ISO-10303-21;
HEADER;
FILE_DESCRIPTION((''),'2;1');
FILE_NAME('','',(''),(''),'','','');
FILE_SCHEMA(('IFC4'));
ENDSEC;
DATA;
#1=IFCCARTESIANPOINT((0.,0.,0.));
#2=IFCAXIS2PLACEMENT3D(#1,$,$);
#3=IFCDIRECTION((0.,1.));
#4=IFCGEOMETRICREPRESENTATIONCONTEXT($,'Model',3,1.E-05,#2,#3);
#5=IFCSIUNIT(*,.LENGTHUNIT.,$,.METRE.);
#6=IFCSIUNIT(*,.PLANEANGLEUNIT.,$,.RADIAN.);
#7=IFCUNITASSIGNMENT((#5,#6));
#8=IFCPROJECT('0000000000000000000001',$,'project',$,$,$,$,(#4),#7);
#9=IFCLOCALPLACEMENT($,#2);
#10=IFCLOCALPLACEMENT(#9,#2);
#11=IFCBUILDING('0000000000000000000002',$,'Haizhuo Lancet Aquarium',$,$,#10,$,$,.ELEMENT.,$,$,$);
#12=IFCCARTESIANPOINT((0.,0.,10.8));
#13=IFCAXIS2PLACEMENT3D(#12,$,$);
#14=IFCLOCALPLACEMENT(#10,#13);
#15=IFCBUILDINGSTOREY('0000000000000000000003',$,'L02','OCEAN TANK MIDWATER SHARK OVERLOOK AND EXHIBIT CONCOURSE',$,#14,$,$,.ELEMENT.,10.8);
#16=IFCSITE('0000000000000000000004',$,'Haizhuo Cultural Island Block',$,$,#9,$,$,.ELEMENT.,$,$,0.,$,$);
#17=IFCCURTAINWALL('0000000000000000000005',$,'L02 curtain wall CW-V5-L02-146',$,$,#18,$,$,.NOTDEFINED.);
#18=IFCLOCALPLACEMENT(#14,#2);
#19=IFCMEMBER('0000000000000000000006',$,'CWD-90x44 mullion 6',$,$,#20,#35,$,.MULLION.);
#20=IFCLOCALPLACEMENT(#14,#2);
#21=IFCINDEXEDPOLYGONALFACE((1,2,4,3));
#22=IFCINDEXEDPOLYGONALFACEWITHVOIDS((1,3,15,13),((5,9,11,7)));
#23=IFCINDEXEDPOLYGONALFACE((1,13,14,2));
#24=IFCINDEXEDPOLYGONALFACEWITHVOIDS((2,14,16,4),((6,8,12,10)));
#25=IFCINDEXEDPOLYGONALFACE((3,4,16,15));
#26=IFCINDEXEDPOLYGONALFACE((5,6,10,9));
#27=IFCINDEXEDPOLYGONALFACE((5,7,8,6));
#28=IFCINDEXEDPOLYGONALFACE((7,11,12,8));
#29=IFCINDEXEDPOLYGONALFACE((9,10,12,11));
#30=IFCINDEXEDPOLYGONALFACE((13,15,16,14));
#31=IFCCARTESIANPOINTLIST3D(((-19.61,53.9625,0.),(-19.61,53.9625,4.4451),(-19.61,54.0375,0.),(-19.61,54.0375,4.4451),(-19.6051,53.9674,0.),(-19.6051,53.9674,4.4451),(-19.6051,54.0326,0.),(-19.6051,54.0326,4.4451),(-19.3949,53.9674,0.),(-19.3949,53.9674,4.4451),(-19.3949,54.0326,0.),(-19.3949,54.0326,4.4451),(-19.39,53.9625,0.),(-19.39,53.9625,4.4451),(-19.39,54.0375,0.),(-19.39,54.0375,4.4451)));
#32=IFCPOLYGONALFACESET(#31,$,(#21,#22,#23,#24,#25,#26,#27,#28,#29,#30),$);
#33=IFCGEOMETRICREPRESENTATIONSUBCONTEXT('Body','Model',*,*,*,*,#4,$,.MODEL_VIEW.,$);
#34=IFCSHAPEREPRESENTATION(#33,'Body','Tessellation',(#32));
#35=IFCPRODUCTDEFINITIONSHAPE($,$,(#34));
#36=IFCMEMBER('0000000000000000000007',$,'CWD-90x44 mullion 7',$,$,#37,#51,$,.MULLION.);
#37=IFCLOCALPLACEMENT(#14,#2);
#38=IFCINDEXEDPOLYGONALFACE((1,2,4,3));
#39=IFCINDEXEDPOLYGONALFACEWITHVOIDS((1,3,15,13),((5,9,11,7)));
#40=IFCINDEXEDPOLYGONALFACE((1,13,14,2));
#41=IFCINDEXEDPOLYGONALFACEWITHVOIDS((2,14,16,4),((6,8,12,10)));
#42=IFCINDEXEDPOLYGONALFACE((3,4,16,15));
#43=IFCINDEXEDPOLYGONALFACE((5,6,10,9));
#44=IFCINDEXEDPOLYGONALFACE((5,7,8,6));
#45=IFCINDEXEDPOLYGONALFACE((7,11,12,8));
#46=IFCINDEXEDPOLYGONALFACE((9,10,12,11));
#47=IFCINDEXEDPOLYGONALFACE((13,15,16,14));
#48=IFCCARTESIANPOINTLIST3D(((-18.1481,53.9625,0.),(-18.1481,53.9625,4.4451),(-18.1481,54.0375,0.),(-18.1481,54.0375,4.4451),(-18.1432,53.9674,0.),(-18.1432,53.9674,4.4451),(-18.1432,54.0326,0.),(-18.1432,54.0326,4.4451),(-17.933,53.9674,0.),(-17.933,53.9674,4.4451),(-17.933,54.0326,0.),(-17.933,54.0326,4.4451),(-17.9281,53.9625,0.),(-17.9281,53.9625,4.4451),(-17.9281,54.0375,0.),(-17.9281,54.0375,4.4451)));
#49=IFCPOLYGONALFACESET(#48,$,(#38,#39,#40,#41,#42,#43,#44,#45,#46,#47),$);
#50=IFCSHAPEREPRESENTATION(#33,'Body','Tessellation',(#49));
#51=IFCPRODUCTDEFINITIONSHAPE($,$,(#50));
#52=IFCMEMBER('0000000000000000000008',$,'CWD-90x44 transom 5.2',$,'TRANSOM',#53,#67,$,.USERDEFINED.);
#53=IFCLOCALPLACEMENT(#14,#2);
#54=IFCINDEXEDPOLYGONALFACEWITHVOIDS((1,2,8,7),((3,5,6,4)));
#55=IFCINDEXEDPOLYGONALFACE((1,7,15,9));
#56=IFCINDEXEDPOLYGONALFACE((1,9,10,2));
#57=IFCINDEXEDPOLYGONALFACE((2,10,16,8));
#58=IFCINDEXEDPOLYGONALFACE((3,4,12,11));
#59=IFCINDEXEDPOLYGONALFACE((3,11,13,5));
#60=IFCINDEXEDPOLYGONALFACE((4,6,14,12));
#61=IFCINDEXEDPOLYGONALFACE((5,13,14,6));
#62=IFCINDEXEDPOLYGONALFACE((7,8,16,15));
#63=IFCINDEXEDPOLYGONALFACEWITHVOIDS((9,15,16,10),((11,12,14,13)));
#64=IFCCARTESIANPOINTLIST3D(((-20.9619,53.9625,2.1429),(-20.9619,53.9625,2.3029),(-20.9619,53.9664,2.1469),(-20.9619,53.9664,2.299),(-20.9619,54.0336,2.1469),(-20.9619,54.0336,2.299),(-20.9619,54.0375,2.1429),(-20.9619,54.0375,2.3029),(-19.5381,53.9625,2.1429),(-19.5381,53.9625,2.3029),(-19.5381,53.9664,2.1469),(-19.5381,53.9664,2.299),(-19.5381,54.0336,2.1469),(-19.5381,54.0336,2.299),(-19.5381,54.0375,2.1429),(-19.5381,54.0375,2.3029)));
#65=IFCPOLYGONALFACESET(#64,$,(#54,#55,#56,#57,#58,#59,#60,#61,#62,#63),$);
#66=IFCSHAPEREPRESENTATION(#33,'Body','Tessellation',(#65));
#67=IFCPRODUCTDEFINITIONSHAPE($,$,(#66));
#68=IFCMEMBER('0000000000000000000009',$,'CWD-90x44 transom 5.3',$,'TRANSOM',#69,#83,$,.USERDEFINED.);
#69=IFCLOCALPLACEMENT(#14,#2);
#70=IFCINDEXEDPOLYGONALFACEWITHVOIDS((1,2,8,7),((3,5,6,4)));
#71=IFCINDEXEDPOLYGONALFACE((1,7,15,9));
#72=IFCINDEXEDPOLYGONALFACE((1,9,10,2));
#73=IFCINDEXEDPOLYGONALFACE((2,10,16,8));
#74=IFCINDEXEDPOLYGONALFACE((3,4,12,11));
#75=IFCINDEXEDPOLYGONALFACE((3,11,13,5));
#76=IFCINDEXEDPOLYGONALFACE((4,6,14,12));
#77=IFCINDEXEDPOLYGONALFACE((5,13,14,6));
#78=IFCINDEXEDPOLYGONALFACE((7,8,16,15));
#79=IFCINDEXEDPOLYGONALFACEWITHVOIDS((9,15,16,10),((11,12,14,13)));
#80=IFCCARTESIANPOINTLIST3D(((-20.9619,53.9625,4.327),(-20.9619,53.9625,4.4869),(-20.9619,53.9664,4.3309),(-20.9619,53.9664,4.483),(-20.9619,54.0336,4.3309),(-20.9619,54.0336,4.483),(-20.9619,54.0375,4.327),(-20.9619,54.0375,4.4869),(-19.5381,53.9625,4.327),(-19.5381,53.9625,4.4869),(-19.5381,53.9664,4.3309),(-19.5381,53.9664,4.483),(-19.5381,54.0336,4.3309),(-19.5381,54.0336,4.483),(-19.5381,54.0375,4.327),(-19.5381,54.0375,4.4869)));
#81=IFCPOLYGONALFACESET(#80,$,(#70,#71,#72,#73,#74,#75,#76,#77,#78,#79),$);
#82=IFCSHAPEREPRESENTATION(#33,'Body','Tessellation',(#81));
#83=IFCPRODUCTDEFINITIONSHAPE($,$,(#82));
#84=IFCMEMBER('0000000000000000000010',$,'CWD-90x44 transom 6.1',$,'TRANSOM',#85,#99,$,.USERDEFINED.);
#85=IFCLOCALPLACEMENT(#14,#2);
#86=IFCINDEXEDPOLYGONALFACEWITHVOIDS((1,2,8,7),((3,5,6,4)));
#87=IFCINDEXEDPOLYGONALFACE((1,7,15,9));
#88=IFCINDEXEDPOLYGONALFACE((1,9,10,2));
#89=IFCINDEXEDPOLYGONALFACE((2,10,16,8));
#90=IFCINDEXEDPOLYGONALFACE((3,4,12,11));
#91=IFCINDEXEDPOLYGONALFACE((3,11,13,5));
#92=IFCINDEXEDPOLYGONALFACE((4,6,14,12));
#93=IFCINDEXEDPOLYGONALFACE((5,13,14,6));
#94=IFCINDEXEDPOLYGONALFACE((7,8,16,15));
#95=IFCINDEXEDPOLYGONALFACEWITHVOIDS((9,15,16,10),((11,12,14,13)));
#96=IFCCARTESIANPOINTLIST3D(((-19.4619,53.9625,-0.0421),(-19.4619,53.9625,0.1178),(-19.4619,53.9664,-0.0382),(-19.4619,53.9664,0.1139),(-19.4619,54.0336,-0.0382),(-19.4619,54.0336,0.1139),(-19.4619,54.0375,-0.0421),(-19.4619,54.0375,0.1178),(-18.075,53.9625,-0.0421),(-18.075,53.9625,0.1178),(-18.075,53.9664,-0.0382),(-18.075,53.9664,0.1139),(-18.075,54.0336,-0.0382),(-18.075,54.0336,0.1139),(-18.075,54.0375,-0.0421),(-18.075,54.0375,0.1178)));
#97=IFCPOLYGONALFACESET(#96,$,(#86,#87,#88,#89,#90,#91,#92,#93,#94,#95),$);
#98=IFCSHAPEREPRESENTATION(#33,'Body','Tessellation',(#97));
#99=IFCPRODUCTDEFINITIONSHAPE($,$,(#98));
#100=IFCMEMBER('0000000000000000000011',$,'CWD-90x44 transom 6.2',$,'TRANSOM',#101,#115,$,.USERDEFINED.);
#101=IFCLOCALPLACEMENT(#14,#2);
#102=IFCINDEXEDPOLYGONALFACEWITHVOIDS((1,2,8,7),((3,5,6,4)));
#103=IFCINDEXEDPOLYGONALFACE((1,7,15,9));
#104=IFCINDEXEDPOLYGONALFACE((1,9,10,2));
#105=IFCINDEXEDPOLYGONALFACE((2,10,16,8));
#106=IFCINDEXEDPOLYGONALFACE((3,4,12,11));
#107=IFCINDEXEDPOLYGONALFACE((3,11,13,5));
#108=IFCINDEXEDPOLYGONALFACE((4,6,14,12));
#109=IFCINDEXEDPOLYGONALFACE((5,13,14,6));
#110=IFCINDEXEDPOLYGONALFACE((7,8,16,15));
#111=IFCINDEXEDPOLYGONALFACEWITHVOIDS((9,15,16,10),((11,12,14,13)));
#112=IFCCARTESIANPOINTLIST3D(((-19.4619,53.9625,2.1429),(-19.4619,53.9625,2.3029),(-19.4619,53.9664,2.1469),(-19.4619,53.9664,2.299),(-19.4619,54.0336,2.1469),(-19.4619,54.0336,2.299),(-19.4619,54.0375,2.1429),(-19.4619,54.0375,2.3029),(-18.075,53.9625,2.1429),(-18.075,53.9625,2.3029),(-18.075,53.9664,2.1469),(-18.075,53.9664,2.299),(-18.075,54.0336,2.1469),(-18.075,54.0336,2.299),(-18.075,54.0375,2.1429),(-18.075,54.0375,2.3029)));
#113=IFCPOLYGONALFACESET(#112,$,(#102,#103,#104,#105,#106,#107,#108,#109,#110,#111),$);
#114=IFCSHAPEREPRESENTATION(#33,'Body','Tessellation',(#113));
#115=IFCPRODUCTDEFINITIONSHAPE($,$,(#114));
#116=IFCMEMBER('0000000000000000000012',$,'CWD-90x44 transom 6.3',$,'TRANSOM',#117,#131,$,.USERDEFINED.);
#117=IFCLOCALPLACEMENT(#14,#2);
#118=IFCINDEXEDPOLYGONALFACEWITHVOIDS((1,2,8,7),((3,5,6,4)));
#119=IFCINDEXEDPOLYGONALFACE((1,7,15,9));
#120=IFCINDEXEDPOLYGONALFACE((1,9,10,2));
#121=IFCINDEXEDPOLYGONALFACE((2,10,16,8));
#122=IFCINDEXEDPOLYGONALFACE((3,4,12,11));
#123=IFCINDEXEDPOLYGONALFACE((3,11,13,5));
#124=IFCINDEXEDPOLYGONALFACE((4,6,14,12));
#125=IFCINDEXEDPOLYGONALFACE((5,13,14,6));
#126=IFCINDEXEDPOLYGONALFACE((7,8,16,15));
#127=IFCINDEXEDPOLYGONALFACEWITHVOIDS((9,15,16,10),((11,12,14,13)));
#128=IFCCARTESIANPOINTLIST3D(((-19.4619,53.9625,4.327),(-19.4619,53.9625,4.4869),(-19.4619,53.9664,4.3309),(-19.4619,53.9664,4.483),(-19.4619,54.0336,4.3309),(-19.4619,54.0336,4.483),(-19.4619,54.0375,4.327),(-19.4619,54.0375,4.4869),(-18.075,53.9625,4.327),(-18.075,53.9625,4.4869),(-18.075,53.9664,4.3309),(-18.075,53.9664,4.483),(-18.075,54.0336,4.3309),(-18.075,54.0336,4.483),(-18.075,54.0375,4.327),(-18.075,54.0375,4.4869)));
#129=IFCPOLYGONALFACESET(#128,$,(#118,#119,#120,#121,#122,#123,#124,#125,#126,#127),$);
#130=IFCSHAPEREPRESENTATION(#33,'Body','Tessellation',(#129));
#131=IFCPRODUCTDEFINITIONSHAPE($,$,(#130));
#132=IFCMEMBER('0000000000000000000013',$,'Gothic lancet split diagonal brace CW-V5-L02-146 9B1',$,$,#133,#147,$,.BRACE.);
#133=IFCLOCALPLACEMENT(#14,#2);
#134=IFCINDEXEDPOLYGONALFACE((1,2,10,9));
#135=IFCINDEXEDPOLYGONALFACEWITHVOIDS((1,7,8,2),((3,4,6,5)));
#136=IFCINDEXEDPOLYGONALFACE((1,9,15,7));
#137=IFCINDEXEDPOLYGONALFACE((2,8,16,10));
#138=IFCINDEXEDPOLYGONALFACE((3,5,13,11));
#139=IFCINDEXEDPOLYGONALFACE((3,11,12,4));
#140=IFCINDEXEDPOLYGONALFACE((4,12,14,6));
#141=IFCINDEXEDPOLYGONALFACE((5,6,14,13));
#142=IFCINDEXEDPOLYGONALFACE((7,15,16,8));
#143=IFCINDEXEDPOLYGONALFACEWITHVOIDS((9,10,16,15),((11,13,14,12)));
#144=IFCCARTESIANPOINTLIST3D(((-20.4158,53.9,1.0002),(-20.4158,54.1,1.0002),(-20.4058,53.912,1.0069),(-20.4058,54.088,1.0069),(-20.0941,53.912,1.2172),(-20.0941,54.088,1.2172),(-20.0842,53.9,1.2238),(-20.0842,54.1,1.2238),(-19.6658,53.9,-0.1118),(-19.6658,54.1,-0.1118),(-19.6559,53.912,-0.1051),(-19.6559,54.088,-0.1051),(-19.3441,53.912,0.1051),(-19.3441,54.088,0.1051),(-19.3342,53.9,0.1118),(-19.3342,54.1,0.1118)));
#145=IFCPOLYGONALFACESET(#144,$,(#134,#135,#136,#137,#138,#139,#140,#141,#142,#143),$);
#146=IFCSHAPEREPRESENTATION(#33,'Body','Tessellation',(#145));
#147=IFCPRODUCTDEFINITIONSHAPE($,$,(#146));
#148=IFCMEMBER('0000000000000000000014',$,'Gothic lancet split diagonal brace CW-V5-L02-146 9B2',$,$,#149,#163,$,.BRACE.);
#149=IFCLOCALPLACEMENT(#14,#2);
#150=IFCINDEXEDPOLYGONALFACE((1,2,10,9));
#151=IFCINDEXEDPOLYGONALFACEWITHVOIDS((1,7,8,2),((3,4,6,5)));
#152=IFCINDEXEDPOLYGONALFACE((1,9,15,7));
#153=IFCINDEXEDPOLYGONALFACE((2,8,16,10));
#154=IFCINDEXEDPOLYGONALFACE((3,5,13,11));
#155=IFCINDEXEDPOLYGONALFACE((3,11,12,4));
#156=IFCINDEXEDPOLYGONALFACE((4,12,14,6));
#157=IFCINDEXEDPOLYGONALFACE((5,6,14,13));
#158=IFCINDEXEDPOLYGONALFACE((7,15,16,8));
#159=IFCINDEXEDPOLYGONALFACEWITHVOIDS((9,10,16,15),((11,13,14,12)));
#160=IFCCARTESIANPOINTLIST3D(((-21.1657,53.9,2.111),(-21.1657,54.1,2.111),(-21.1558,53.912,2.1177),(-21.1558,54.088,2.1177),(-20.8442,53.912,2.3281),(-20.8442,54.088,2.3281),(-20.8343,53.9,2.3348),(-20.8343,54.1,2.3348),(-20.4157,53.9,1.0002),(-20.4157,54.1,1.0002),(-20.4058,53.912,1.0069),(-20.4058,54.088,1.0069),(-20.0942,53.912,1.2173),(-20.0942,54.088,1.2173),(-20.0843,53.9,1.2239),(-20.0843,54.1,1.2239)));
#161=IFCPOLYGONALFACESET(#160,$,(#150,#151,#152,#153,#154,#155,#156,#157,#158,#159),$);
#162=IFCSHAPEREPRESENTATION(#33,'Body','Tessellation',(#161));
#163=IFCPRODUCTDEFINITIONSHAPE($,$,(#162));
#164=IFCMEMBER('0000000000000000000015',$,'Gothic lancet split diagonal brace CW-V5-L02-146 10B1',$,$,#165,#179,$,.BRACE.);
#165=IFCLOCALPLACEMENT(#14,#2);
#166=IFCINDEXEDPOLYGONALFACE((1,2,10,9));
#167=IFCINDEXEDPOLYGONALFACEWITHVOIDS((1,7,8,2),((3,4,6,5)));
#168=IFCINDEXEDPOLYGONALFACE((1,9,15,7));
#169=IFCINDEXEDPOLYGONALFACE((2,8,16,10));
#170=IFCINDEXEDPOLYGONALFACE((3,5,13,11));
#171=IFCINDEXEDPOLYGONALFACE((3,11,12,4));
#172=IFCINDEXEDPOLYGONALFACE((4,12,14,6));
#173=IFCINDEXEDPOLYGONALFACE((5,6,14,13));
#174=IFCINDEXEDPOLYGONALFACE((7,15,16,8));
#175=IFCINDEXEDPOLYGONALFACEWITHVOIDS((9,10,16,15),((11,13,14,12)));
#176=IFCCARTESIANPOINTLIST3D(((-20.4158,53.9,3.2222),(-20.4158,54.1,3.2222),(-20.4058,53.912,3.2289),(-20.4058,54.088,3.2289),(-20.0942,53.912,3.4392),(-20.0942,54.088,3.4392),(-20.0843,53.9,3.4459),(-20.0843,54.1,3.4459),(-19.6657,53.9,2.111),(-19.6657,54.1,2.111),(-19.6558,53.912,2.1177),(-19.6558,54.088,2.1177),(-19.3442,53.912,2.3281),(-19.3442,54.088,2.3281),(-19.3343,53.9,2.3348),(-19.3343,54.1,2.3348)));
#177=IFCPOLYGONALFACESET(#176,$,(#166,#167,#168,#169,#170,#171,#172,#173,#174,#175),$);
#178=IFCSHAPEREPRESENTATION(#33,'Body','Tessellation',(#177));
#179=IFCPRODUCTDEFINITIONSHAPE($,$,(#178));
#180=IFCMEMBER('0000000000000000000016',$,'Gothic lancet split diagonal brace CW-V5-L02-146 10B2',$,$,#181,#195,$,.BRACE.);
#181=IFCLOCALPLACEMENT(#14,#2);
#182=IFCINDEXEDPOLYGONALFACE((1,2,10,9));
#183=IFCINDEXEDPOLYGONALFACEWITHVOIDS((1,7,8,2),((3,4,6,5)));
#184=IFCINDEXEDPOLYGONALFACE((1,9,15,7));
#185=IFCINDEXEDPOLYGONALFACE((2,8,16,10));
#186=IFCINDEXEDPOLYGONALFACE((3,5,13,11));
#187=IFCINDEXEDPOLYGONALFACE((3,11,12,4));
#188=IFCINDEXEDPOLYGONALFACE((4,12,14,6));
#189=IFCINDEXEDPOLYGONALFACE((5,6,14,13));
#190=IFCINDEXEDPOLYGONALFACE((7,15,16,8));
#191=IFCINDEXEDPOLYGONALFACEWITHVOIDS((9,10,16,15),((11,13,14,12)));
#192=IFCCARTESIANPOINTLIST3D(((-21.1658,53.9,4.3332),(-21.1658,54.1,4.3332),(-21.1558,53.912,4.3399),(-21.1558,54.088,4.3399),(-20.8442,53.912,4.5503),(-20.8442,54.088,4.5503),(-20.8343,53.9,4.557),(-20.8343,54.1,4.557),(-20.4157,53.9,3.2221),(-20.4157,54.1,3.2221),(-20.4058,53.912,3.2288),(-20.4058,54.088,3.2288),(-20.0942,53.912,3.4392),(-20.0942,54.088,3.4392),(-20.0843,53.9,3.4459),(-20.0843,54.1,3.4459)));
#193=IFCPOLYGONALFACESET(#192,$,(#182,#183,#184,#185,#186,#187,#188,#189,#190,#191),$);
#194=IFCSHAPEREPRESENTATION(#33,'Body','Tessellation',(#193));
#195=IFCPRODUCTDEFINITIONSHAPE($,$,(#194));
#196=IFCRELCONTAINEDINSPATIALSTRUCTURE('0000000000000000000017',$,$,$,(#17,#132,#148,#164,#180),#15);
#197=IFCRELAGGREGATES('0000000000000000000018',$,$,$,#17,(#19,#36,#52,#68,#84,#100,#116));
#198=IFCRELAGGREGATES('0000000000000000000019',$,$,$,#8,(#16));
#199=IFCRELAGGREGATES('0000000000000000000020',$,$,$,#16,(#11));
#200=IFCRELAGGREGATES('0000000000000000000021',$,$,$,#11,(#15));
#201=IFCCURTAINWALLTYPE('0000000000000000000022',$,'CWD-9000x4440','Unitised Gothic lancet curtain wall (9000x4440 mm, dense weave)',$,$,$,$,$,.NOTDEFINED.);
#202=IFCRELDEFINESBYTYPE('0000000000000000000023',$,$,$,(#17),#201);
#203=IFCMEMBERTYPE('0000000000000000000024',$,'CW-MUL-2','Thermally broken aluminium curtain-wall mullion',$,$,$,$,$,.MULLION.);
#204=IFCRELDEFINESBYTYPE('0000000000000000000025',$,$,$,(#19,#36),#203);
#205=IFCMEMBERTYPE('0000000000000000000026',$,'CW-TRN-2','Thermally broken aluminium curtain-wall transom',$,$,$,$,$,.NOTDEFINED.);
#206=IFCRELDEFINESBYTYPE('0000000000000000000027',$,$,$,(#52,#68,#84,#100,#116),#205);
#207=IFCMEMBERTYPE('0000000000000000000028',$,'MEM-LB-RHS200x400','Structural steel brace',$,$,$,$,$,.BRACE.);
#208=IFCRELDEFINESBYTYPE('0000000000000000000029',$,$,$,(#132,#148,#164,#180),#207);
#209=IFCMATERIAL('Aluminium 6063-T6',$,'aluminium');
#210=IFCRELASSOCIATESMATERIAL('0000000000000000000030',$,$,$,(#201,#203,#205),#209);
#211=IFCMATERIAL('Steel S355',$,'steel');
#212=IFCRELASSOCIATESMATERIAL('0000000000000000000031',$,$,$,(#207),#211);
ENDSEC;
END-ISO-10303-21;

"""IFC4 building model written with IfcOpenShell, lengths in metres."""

from ifc_helpers import new_model, si_unit, direction, frame, origin, origin_2d, place, context, subcontext, project, spatial, hollow_rectangle, extrude, material, material_profile, profile_set, type_object, element, aggregate, save


model = new_model("IFC4")

# Units and contexts
model_context = context("Model", 3, precision=1e-05, world=origin(), true_north=direction((0.0, 1.0)))
body_context = subcontext(model_context, "Body", "Model", "MODEL_VIEW")
ifc_project = project(units=[si_unit("LENGTHUNIT", "METRE"), si_unit("PLANEANGLEUNIT", "RADIAN")], contexts=[model_context])

# Site, building, storey
site_placement = place(None, origin())
site = spatial("IfcSite", under=ifc_project, at=site_placement, Name="Haizhuo Cultural Island Block", CompositionType="ELEMENT", RefElevation=0.0)
building_placement = place(site_placement, origin())
building = spatial("IfcBuilding", under=site, at=building_placement, Name="Haizhuo Lancet Aquarium", CompositionType="ELEMENT")
storey_placement = place(building_placement, frame((0.0, 0.0, 10.8)))
storey = spatial("IfcBuildingStorey", under=building, at=storey_placement, Name="L02", Description="OCEAN TANK MIDWATER SHARK OVERLOOK AND EXHIBIT CONCOURSE", CompositionType="ELEMENT", Elevation=10.8)

# Curtain wall, members
ifc_material_1 = material(Name="Aluminium 6063-T6", Category="aluminium")
curtain_wall_type = type_object("IfcCurtainWallType", Name="CWD-9000x4440", Description="Unitised Gothic lancet curtain wall (9000x4440 mm, dense weave)", PredefinedType="NOTDEFINED", material=ifc_material_1)
curtain_wall_placement = place(storey_placement, origin())
curtain_wall = element("IfcCurtainWall", 1, at=curtain_wall_placement, inside=storey, type_object=curtain_wall_type, Name="L02 curtain wall CW-V5-L02-146", PredefinedType="NOTDEFINED")
ifc_material_profile_1 = material_profile(ifc_material_1, hollow_rectangle(XDim=0.075, YDim=0.22, WallThickness=0.0049, at=origin_2d()), Name="ALU-M 75x220x5")
ifc_profile_set_1 = profile_set([ifc_material_profile_1], Name="Aluminium 6063-T6")
member_type_1 = type_object("IfcMemberType", Name="CW-MUL-2", Description="Thermally broken aluminium curtain-wall mullion", PredefinedType="MULLION", material=ifc_profile_set_1)
member_1_placement = place(storey_placement, frame((-19.5, 54.0, 0.0), z_axis=(0.0, 0.0, 1.0), x_axis=(0.0, 1.0, 0.0)))
member_1 = element("IfcMember", 2, at=member_1_placement, type_object=member_type_1, Name="CWD-90x44 mullion 6", PredefinedType="MULLION", context=body_context, shape_type="SweptSolid", body=[
    extrude(hollow_rectangle(XDim=0.075, YDim=0.22, WallThickness=0.0049, at=origin_2d()), origin(), (0.0, 0.0, 1.0), 4.4451),
])
member_2_placement = place(storey_placement, frame((-18.0381, 54.0, 0.0), z_axis=(0.0, 0.0, 1.0), x_axis=(0.0, 1.0, 0.0)))
member_2 = element("IfcMember", 3, at=member_2_placement, type_object=member_type_1, Name="CWD-90x44 mullion 7", PredefinedType="MULLION", context=body_context, shape_type="SweptSolid", body=[
    extrude(hollow_rectangle(XDim=0.075, YDim=0.22, WallThickness=0.0049, at=origin_2d()), origin(), (0.0, 0.0, 1.0), 4.4451),
])
ifc_material_profile_2 = material_profile(ifc_material_1, hollow_rectangle(XDim=0.075, YDim=0.1599, WallThickness=0.0039, at=origin_2d()), Name="ALU-T 75x160x4")
ifc_profile_set_2 = profile_set([ifc_material_profile_2], Name="Aluminium 6063-T6")
member_type_2 = type_object("IfcMemberType", Name="CW-TRN-2", Description="Thermally broken aluminium curtain-wall transom", PredefinedType="NOTDEFINED", material=ifc_profile_set_2)
member_3_placement = place(storey_placement, frame((-20.9619, 54.0, 2.2229), z_axis=(1.0, 0.0, 0.0), x_axis=(0.0, 1.0, 0.0)))
member_3 = element("IfcMember", 4, at=member_3_placement, type_object=member_type_2, Name="CWD-90x44 transom 5.2", ObjectType="TRANSOM", PredefinedType="USERDEFINED", context=body_context, shape_type="SweptSolid", body=[
    extrude(hollow_rectangle(XDim=0.075, YDim=0.1599, WallThickness=0.0039, at=origin_2d()), origin(), (0.0, 0.0, 1.0), 1.4238),
])
member_4_placement = place(storey_placement, frame((-20.9619, 54.0, 4.407), z_axis=(1.0, 0.0, 0.0), x_axis=(0.0, 1.0, 0.0)))
member_4 = element("IfcMember", 5, at=member_4_placement, type_object=member_type_2, Name="CWD-90x44 transom 5.3", ObjectType="TRANSOM", PredefinedType="USERDEFINED", context=body_context, shape_type="SweptSolid", body=[
    extrude(hollow_rectangle(XDim=0.075, YDim=0.1599, WallThickness=0.0039, at=origin_2d()), origin(), (0.0, 0.0, 1.0), 1.4238),
])
member_5_placement = place(storey_placement, frame((-19.4619, 54.0, 0.0378), z_axis=(1.0, 0.0, 0.0), x_axis=(0.0, 1.0, 0.0)))
member_5 = element("IfcMember", 6, at=member_5_placement, type_object=member_type_2, Name="CWD-90x44 transom 6.1", ObjectType="TRANSOM", PredefinedType="USERDEFINED", context=body_context, shape_type="SweptSolid", body=[
    extrude(hollow_rectangle(XDim=0.075, YDim=0.1599, WallThickness=0.0039, at=origin_2d()), origin(), (0.0, 0.0, 1.0), 1.387),
])
member_6_placement = place(storey_placement, frame((-19.4619, 54.0, 2.2229), z_axis=(1.0, 0.0, 0.0), x_axis=(0.0, 1.0, 0.0)))
member_6 = element("IfcMember", 7, at=member_6_placement, type_object=member_type_2, Name="CWD-90x44 transom 6.2", ObjectType="TRANSOM", PredefinedType="USERDEFINED", context=body_context, shape_type="SweptSolid", body=[
    extrude(hollow_rectangle(XDim=0.075, YDim=0.1599, WallThickness=0.0039, at=origin_2d()), origin(), (0.0, 0.0, 1.0), 1.387),
])
member_7_placement = place(storey_placement, frame((-19.4619, 54.0, 4.407), z_axis=(1.0, 0.0, 0.0), x_axis=(0.0, 1.0, 0.0)))
member_7 = element("IfcMember", 8, at=member_7_placement, type_object=member_type_2, Name="CWD-90x44 transom 6.3", ObjectType="TRANSOM", PredefinedType="USERDEFINED", context=body_context, shape_type="SweptSolid", body=[
    extrude(hollow_rectangle(XDim=0.075, YDim=0.1599, WallThickness=0.0039, at=origin_2d()), origin(), (0.0, 0.0, 1.0), 1.387),
])

# Members
ifc_material_2 = material(Name="Steel S355", Category="steel")
ifc_material_profile_3 = material_profile(ifc_material_2, hollow_rectangle(XDim=0.2, YDim=0.3999, WallThickness=0.012, at=origin_2d()), Name="RHS 200x400x12")
ifc_profile_set_3 = profile_set([ifc_material_profile_3], Name="Steel S355")
member_type_3 = type_object("IfcMemberType", Name="MEM-LB-RHS200x400", Description="Structural steel brace", PredefinedType="BRACE", material=ifc_profile_set_3)
member_8_placement = place(storey_placement, frame((-19.5, 54.0, 0.0), z_axis=(-0.559145, 0.0, 0.82907), x_axis=(0.0, -1.0, 0.0)))
element("IfcMember", 9, at=member_8_placement, inside=storey, type_object=member_type_3, Name="Gothic lancet split diagonal brace CW-V5-L02-146 9B1", PredefinedType="BRACE", context=body_context, shape_type="SweptSolid", body=[
    extrude(hollow_rectangle(XDim=0.2, YDim=0.3999, WallThickness=0.012, at=origin_2d()), origin(), (0.0, 0.0, 1.0), 1.3413),
])
member_9_placement = place(storey_placement, frame((-20.25, 54.0, 1.1121), z_axis=(-0.559567, 0.0, 0.828785), x_axis=(0.0, -1.0, 0.0)))
element("IfcMember", 10, at=member_9_placement, inside=storey, type_object=member_type_3, Name="Gothic lancet split diagonal brace CW-V5-L02-146 9B2", PredefinedType="BRACE", context=body_context, shape_type="SweptSolid", body=[
    extrude(hollow_rectangle(XDim=0.2, YDim=0.3999, WallThickness=0.012, at=origin_2d()), origin(), (0.0, 0.0, 1.0), 1.3403),
])
for number, where, z_axis, x_axis, name in (
    (11, (-19.5, 54.0, 2.2229), (-0.559482, 0.0, 0.828842), (0.0, -1.0, 0.0), "Gothic lancet split diagonal brace CW-V5-L02-146 10B1"),
    (12, (-20.25, 54.0, 3.334), (-0.559482, 0.0, 0.828842), (0.0, -1.0, 0.0), "Gothic lancet split diagonal brace CW-V5-L02-146 10B2"),
):
    element("IfcMember", number, at=place(storey_placement, frame(where, z_axis=z_axis, x_axis=x_axis)), inside=storey, type_object=member_type_3, Name=name, PredefinedType="BRACE", context=body_context, shape_type="SweptSolid", body=[
        extrude(hollow_rectangle(XDim=0.2, YDim=0.3999, WallThickness=0.012, at=origin_2d()), origin(), (0.0, 0.0, 1.0), 1.3406),
    ])

aggregate(curtain_wall, [member_1, member_2, member_3, member_4, member_5, member_6, member_7])

save(model, "model.ifc")
